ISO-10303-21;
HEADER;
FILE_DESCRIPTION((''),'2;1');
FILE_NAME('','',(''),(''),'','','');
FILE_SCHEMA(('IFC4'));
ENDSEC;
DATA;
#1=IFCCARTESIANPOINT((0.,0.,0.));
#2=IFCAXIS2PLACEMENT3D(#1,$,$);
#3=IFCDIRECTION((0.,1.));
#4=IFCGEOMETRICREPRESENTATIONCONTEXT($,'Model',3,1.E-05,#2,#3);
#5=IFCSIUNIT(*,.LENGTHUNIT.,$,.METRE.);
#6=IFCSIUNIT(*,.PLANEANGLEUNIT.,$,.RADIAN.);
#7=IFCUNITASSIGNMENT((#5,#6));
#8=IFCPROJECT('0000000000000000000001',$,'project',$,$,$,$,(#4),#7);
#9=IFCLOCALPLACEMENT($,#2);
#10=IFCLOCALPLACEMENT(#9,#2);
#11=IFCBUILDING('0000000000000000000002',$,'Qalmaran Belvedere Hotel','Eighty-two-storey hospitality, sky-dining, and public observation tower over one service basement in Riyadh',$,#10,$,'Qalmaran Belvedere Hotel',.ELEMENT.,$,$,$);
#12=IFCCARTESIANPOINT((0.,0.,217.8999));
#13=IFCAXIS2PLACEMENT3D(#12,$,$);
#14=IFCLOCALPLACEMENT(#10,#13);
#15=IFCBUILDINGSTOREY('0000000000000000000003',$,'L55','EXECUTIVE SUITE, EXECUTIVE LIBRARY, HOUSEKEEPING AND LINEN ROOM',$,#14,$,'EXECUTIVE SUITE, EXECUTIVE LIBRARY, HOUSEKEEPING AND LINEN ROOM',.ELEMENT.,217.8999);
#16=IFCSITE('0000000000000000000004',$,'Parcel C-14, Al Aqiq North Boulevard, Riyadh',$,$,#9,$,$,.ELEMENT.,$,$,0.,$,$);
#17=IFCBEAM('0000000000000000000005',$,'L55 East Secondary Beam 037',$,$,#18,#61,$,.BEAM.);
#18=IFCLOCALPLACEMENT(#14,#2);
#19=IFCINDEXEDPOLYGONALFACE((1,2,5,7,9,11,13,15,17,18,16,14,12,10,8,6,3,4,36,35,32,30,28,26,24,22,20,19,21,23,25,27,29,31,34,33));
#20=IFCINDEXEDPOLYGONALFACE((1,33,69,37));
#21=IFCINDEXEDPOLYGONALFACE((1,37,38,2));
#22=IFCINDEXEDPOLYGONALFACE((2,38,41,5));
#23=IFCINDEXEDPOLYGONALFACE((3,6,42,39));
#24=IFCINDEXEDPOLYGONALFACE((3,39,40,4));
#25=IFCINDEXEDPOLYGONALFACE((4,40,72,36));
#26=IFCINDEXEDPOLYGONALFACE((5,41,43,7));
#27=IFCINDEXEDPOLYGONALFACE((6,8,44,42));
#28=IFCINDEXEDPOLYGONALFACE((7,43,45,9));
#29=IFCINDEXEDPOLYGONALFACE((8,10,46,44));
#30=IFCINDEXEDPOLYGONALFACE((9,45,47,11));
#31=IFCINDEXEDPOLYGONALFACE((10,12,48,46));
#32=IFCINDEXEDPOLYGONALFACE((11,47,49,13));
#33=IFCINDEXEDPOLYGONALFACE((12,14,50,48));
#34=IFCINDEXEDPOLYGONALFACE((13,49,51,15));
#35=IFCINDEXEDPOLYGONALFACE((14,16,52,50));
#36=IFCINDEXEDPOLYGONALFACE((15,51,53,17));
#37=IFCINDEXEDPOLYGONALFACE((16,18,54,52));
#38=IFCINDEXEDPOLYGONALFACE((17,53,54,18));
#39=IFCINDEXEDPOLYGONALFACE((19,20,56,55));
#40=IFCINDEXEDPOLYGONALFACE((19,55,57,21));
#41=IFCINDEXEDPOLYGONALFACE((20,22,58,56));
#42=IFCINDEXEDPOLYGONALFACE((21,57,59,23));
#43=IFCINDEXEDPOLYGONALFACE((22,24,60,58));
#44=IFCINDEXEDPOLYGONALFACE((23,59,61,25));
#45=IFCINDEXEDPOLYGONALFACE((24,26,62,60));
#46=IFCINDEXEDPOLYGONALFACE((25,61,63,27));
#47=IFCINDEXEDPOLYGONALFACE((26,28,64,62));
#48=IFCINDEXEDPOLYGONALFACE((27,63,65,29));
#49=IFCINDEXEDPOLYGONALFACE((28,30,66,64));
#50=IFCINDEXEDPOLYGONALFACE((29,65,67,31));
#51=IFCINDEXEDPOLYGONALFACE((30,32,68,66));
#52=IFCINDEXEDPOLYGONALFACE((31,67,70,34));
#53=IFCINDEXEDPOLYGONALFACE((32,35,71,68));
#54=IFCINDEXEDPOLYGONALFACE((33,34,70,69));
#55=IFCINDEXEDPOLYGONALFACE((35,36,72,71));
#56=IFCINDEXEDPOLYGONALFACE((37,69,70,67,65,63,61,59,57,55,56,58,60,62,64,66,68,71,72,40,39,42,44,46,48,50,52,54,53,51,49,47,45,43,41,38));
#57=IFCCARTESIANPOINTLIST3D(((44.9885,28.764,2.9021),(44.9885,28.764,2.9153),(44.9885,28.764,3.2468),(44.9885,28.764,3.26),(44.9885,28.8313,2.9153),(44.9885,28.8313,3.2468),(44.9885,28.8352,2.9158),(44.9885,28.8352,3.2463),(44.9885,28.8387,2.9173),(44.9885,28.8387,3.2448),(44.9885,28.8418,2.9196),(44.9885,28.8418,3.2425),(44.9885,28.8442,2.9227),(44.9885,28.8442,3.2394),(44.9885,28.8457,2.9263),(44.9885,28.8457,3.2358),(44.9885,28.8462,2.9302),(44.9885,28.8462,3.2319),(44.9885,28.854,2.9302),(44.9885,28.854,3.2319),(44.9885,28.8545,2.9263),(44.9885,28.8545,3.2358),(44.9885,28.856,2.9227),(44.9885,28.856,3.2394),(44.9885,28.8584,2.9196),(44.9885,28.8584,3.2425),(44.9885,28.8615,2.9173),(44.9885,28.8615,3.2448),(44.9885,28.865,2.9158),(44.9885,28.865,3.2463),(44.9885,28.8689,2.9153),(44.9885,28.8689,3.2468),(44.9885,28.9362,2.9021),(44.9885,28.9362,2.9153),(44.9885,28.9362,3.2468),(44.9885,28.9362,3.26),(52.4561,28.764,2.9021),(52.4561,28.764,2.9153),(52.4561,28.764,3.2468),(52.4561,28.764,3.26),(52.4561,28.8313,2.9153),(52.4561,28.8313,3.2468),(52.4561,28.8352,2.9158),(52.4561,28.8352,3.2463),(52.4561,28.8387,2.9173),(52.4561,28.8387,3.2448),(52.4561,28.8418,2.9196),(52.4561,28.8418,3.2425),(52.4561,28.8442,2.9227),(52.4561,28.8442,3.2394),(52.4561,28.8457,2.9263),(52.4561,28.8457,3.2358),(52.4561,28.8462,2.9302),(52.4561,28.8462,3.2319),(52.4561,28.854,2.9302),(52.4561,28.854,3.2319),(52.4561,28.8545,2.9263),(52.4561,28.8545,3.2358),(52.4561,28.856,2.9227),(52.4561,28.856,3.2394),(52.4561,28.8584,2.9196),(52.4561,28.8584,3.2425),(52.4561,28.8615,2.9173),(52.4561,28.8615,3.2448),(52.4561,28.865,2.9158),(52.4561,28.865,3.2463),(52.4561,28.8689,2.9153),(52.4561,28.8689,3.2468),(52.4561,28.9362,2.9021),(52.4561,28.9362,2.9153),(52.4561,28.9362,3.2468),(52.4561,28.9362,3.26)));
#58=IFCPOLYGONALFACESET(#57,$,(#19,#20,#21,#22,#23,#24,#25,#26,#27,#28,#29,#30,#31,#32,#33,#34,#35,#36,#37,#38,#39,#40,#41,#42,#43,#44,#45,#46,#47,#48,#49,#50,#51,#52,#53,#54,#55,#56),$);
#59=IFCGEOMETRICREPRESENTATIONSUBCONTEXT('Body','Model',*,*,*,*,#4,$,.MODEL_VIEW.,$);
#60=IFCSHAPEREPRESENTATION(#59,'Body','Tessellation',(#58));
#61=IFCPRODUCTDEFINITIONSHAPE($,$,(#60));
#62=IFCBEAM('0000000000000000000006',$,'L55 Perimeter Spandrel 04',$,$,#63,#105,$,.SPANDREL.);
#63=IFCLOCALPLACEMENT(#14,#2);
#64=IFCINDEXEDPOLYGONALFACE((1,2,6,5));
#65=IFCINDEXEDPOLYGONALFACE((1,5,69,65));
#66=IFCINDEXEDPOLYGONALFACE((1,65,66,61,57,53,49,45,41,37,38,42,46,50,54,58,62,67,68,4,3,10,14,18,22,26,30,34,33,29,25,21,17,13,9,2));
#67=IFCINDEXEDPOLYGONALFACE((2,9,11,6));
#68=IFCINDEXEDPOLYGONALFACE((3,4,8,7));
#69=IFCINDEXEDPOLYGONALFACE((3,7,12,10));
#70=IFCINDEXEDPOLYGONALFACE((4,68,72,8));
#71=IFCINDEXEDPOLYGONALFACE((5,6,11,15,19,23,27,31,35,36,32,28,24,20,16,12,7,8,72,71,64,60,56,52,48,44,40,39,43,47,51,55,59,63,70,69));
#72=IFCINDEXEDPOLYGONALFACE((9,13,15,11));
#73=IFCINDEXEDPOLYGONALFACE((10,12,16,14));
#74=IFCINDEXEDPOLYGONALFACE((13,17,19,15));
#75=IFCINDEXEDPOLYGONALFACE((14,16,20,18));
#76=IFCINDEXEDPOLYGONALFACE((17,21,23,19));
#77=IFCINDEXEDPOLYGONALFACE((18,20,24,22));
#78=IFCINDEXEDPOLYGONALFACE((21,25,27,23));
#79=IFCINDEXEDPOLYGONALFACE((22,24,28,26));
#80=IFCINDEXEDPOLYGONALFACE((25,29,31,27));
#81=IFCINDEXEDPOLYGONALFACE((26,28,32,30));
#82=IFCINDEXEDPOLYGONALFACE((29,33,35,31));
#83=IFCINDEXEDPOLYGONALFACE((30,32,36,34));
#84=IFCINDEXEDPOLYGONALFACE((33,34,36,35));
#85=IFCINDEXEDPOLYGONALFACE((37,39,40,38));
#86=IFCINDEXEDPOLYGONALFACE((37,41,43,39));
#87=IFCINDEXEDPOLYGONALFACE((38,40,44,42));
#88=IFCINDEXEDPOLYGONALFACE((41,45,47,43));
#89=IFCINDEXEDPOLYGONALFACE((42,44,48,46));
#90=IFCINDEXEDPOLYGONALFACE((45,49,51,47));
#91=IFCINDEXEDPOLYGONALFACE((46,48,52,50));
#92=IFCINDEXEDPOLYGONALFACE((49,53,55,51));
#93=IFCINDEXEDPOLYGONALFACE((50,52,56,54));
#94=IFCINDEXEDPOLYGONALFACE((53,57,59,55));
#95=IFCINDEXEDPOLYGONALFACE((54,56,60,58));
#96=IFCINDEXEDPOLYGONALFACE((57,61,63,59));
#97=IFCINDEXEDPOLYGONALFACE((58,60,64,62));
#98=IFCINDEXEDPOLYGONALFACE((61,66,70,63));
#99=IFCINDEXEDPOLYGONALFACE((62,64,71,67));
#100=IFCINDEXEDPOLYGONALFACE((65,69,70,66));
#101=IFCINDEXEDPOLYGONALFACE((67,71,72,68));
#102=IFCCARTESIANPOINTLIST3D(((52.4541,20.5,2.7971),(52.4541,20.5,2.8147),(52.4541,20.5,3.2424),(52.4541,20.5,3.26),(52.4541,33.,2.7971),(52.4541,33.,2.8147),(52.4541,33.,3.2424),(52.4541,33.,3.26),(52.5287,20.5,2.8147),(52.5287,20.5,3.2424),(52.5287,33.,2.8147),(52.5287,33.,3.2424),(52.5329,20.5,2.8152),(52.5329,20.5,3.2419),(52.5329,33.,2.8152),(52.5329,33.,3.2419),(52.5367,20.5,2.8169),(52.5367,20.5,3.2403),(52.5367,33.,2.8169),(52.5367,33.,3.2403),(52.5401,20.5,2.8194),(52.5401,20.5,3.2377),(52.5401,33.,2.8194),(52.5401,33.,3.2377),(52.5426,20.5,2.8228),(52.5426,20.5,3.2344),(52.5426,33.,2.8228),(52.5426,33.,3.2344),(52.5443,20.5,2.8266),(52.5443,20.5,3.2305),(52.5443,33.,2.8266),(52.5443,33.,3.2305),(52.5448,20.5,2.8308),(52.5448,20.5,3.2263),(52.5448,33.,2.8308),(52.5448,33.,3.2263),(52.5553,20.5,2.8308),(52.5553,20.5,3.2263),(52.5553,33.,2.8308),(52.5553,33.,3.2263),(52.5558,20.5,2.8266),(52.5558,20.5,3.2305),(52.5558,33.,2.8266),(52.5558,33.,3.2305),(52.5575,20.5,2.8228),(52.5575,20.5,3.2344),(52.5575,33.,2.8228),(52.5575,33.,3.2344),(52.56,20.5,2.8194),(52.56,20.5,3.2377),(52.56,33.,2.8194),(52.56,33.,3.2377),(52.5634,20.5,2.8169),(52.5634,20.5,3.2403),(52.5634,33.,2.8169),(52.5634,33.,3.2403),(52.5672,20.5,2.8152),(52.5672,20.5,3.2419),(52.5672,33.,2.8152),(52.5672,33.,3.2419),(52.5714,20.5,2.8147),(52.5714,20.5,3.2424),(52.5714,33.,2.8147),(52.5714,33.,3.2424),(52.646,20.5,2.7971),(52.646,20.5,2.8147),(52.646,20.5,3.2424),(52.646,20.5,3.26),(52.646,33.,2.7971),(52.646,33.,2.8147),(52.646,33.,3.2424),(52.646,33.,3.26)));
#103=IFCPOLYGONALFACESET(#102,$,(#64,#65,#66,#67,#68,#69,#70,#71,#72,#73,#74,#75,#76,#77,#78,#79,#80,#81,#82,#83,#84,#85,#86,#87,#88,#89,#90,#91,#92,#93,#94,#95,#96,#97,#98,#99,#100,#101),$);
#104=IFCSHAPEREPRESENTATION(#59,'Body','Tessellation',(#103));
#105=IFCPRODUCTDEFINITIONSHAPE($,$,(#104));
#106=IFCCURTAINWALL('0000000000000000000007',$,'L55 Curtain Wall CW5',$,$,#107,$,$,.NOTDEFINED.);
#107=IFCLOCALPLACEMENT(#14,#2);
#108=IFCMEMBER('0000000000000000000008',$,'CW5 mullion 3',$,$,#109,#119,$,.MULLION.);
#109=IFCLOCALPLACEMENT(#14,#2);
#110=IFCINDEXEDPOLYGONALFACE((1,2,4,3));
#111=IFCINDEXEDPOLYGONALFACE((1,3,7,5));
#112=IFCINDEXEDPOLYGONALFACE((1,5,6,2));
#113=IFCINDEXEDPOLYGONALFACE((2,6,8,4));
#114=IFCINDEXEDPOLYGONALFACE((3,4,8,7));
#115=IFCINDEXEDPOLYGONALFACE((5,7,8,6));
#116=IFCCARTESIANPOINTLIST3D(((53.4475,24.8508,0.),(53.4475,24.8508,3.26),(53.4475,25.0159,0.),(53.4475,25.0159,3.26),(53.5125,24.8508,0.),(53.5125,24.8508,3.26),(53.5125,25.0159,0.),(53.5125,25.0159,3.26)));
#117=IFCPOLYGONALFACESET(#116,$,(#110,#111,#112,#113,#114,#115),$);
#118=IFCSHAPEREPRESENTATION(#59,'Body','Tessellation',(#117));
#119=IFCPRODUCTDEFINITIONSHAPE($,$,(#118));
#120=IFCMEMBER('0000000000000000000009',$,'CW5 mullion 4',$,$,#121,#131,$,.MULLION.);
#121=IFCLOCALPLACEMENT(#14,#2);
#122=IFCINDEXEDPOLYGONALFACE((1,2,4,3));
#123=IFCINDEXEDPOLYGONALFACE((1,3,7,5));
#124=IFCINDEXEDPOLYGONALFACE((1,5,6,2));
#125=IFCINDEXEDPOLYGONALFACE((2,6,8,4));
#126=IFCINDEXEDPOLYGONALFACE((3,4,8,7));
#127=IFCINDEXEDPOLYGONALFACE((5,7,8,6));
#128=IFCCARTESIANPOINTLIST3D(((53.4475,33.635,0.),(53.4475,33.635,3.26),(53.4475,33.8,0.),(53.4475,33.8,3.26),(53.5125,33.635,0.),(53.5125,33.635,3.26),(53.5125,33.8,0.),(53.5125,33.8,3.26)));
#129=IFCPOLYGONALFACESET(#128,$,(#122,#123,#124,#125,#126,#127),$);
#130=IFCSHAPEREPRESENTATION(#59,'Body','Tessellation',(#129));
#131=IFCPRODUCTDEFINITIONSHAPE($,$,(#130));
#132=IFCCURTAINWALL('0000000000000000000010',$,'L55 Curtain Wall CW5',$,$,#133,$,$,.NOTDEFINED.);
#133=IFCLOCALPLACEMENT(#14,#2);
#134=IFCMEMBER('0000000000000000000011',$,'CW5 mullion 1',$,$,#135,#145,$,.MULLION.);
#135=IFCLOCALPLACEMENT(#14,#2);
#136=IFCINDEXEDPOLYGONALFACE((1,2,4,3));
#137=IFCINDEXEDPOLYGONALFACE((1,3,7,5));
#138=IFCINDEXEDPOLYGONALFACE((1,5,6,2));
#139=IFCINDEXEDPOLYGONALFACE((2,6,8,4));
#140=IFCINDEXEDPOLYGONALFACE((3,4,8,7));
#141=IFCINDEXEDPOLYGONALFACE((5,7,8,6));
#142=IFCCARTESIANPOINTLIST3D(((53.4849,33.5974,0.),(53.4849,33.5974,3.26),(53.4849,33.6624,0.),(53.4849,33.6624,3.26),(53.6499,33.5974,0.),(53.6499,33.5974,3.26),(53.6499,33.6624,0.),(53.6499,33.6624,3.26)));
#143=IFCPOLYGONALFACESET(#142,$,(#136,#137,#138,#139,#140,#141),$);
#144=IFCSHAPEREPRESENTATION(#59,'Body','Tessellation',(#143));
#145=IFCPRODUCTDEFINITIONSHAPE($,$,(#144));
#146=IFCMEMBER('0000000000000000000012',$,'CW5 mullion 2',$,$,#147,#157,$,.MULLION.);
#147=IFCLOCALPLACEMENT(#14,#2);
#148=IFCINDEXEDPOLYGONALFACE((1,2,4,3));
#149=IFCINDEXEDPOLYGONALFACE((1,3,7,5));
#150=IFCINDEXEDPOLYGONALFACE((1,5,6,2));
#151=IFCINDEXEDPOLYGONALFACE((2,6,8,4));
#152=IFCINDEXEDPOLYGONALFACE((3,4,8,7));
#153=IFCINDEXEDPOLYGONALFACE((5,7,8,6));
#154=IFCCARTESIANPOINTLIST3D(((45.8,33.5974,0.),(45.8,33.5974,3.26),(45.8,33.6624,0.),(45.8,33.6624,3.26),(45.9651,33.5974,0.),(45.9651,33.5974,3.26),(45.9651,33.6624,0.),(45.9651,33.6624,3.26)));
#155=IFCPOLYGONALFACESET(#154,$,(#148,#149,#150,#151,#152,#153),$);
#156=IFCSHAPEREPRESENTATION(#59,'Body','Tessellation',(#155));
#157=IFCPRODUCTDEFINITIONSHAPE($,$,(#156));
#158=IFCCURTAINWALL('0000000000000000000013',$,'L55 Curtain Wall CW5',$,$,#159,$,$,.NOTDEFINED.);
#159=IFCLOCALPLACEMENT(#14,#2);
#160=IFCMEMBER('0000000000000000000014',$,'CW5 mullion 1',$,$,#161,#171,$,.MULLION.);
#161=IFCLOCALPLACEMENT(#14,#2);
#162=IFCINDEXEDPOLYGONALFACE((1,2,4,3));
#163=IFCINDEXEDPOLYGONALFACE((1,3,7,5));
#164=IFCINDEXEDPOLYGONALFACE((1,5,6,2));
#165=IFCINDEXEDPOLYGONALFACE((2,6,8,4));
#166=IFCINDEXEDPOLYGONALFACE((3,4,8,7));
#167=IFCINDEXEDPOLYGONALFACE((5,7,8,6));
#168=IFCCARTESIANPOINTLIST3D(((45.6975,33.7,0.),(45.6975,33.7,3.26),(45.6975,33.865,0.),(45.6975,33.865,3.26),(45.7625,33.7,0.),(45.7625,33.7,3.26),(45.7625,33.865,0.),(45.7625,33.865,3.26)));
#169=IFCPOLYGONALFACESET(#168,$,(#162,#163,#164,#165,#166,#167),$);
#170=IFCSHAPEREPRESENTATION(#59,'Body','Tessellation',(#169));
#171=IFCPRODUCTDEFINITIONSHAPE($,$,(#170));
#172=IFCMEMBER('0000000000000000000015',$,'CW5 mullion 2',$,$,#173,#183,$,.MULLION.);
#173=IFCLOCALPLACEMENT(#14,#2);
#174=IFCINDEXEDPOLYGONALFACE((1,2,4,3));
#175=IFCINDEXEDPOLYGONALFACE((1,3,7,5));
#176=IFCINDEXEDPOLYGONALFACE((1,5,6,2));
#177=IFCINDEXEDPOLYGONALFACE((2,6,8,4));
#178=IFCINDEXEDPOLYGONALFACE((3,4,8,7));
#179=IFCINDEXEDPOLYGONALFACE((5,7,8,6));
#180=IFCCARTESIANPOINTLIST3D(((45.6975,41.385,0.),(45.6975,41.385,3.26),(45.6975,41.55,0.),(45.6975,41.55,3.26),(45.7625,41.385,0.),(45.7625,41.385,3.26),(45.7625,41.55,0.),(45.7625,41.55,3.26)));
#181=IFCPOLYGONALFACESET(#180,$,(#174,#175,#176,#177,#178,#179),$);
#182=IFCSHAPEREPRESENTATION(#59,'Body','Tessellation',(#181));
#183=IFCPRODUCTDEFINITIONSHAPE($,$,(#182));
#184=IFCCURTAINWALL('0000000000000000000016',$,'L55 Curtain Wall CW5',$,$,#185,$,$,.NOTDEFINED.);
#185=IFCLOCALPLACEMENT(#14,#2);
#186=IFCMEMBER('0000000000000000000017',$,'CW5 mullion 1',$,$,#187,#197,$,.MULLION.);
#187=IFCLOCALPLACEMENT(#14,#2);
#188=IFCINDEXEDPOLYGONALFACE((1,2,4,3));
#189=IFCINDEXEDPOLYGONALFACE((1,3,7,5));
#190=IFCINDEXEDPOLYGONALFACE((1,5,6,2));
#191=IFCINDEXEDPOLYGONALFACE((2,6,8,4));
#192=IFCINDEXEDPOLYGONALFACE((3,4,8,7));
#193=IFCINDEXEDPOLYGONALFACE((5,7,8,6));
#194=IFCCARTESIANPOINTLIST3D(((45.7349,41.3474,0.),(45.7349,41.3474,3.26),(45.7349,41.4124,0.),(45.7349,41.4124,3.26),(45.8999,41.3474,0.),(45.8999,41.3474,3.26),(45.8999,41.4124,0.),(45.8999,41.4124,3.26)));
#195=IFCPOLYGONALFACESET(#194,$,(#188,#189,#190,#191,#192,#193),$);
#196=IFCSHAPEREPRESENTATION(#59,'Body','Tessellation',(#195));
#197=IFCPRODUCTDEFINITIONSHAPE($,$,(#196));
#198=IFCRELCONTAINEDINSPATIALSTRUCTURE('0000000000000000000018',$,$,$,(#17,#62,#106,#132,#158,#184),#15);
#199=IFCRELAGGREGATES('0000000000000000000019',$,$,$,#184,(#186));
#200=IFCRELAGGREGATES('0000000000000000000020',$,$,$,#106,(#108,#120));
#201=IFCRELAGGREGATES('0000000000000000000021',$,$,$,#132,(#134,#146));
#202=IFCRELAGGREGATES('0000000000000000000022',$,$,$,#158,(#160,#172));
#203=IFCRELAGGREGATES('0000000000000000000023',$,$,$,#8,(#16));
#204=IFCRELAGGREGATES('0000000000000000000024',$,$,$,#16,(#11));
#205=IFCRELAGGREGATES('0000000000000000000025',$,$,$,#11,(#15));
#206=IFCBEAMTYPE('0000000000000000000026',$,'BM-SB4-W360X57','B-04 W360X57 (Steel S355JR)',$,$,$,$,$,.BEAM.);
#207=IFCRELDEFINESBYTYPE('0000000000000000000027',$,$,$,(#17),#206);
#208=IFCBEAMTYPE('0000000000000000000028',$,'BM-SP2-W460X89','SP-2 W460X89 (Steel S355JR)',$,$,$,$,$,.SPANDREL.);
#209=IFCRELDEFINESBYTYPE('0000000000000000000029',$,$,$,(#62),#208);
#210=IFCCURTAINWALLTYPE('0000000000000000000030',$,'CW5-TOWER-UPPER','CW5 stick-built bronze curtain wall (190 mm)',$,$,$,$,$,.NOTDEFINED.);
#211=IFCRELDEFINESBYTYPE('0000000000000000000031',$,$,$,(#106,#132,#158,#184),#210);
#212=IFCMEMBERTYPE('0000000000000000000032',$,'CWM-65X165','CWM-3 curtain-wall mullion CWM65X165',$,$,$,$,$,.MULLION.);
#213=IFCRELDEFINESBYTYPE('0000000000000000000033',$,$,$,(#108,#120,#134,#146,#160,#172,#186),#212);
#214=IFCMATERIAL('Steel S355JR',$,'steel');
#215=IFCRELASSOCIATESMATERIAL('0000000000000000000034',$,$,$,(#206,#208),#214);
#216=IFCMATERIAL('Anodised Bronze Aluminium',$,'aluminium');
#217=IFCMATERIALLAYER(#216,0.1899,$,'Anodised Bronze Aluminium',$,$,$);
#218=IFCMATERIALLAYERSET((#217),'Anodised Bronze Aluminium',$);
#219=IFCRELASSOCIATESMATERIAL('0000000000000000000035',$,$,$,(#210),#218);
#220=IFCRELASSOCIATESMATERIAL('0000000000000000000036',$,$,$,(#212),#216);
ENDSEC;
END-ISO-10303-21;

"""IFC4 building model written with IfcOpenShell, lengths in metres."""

from ifc_helpers import new_model, si_unit, direction, frame, origin, origin_2d, place, context, subcontext, project, spatial, rectangle, i_section, extrude, material, layer, layer_set, material_profile, profile_set, type_object, element, aggregate, save


model = new_model("IFC4")

# Units and contexts
model_context = context("Model", 3, precision=1e-05, world=origin(), true_north=direction((0.0, 1.0)))
body_context = subcontext(model_context, "Body", "Model", "MODEL_VIEW")
ifc_project = project(units=[si_unit("LENGTHUNIT", "METRE"), si_unit("PLANEANGLEUNIT", "RADIAN")], contexts=[model_context])

# Site, building, storey
site_placement = place(None, origin())
site = spatial("IfcSite", under=ifc_project, at=site_placement, Name="Parcel C-14, Al Aqiq North Boulevard, Riyadh", CompositionType="ELEMENT", RefElevation=0.0)
building_placement = place(site_placement, origin())
building = spatial("IfcBuilding", under=site, at=building_placement, Name="Qalmaran Belvedere Hotel", Description="Eighty-two-storey hospitality, sky-dining, and public observation tower over one service basement in Riyadh", LongName="Qalmaran Belvedere Hotel", CompositionType="ELEMENT")
storey_placement = place(building_placement, frame((0.0, 0.0, 217.8999)))
storey = spatial("IfcBuildingStorey", under=building, at=storey_placement, Name="L55", Description="EXECUTIVE SUITE, EXECUTIVE LIBRARY, HOUSEKEEPING AND LINEN ROOM", LongName="EXECUTIVE SUITE, EXECUTIVE LIBRARY, HOUSEKEEPING AND LINEN ROOM", CompositionType="ELEMENT", Elevation=217.8999)

# Beams
ifc_material_1 = material(Name="Steel S355JR", Category="steel")
ifc_material_profile_1 = material_profile(ifc_material_1, i_section(OverallWidth=0.1721, OverallDepth=0.3579, WebThickness=0.0078, FlangeThickness=0.0132, FilletRadius=0.0149, at=origin_2d()), Name="W360X57")
ifc_profile_set_1 = profile_set([ifc_material_profile_1], Name="Steel S355JR")
beam_type_1 = type_object("IfcBeamType", Name="BM-SB4-W360X57", Description="B-04 W360X57 (Steel S355JR)", PredefinedType="BEAM", material=ifc_profile_set_1)
for number, where, z_axis, x_axis, name in (
    (1, (44.9885, 28.8501, 3.0811), (1.0, 0.0, 0.0), (0.0, 1.0, 0.0), "L55 East Secondary Beam 037"),
):
    element("IfcBeam", number, at=place(storey_placement, frame(where, z_axis=z_axis, x_axis=x_axis)), inside=storey, type_object=beam_type_1, Name=name, PredefinedType="BEAM", context=body_context, shape_type="SweptSolid", body=[
        extrude(i_section(OverallWidth=0.1721, OverallDepth=0.3579, WebThickness=0.0078, FlangeThickness=0.0132, FilletRadius=0.0149, at=origin_2d()), origin(), (0.0, 0.0, 1.0), 7.4675),
    ])
ifc_material_profile_2 = material_profile(ifc_material_1, i_section(OverallWidth=0.1919, OverallDepth=0.4629, WebThickness=0.0105, FlangeThickness=0.0176, FilletRadius=0.0161, at=origin_2d()), Name="W460X89")
ifc_profile_set_2 = profile_set([ifc_material_profile_2], Name="Steel S355JR")
beam_type_2 = type_object("IfcBeamType", Name="BM-SP2-W460X89", Description="SP-2 W460X89 (Steel S355JR)", PredefinedType="SPANDREL", material=ifc_profile_set_2)
beam_1_placement = place(storey_placement, frame((52.55, 20.5, 3.0286), z_axis=(0.0, 1.0, 0.0), x_axis=(-1.0, 0.0, 0.0)))
element("IfcBeam", 2, at=beam_1_placement, inside=storey, type_object=beam_type_2, Name="L55 Perimeter Spandrel 04", PredefinedType="SPANDREL", context=body_context, shape_type="SweptSolid", body=[
    extrude(i_section(OverallWidth=0.1919, OverallDepth=0.4629, WebThickness=0.0105, FlangeThickness=0.0176, FilletRadius=0.0161, at=origin_2d()), origin(), (0.0, 0.0, 1.0), 12.5),
])

# Curtain walls, members
ifc_material_2 = material(Name="Anodised Bronze Aluminium", Category="aluminium")
ifc_layer_1 = layer(ifc_material_2, 0.1899, Name="Anodised Bronze Aluminium")
ifc_layer_set_1 = layer_set([ifc_layer_1], Name="Anodised Bronze Aluminium")
curtain_wall_type = type_object("IfcCurtainWallType", Name="CW5-TOWER-UPPER", Description="CW5 stick-built bronze curtain wall (190 mm)", PredefinedType="NOTDEFINED", material=ifc_layer_set_1)
curtain_wall_1_placement = place(storey_placement, origin())
curtain_wall_1 = element("IfcCurtainWall", 3, at=curtain_wall_1_placement, inside=storey, type_object=curtain_wall_type, Name="L55 Curtain Wall CW5", PredefinedType="NOTDEFINED")
ifc_material_profile_3 = material_profile(ifc_material_2, rectangle(XDim=0.0649, YDim=0.165, at=origin_2d()), Name="CWM65X165")
ifc_profile_set_3 = profile_set([ifc_material_profile_3], Name="Anodised Bronze Aluminium")
member_type_1 = type_object("IfcMemberType", Name="CWM-65X165", Description="CWM-3 curtain-wall mullion CWM65X165", PredefinedType="MULLION", material=ifc_profile_set_3)
member_1_placement = place(storey_placement, frame((53.48, 24.9333, 0.0), z_axis=(0.0, 0.0, 1.0), x_axis=(-1.0, 0.0, 0.0)))
member_1 = element("IfcMember", 4, at=member_1_placement, type_object=member_type_1, Name="CW5 mullion 3", PredefinedType="MULLION", context=body_context, shape_type="SweptSolid", body=[
    extrude(rectangle(XDim=0.0649, YDim=0.165, at=origin_2d()), origin(), (0.0, 0.0, 1.0), 3.26),
])
member_2_placement = place(storey_placement, frame((53.48, 33.7175, 0.0), z_axis=(0.0, 0.0, 1.0), x_axis=(-1.0, 0.0, 0.0)))
member_2 = element("IfcMember", 5, at=member_2_placement, type_object=member_type_1, Name="CW5 mullion 4", PredefinedType="MULLION", context=body_context, shape_type="SweptSolid", body=[
    extrude(rectangle(XDim=0.0649, YDim=0.165, at=origin_2d()), origin(), (0.0, 0.0, 1.0), 3.26),
])
curtain_wall_2_placement = place(storey_placement, origin())
curtain_wall_2 = element("IfcCurtainWall", 6, at=curtain_wall_2_placement, inside=storey, type_object=curtain_wall_type, Name="L55 Curtain Wall CW5", PredefinedType="NOTDEFINED")
member_3_placement = place(storey_placement, frame((53.5674, 33.6299, 0.0), z_axis=(0.0, 0.0, 1.0), x_axis=(0.0, -1.0, 0.0)))
member_3 = element("IfcMember", 7, at=member_3_placement, type_object=member_type_1, Name="CW5 mullion 1", PredefinedType="MULLION", context=body_context, shape_type="SweptSolid", body=[
    extrude(rectangle(XDim=0.0649, YDim=0.165, at=origin_2d()), origin(), (0.0, 0.0, 1.0), 3.26),
])
member_4_placement = place(storey_placement, frame((45.8826, 33.6299, 0.0), z_axis=(0.0, 0.0, 1.0), x_axis=(0.0, -1.0, 0.0)))
member_4 = element("IfcMember", 8, at=member_4_placement, type_object=member_type_1, Name="CW5 mullion 2", PredefinedType="MULLION", context=body_context, shape_type="SweptSolid", body=[
    extrude(rectangle(XDim=0.0649, YDim=0.165, at=origin_2d()), origin(), (0.0, 0.0, 1.0), 3.26),
])
curtain_wall_3_placement = place(storey_placement, origin())
curtain_wall_3 = element("IfcCurtainWall", 9, at=curtain_wall_3_placement, inside=storey, type_object=curtain_wall_type, Name="L55 Curtain Wall CW5", PredefinedType="NOTDEFINED")
member_5_placement = place(storey_placement, frame((45.73, 33.7825, 0.0), z_axis=(0.0, 0.0, 1.0), x_axis=(-1.0, 0.0, 0.0)))
member_5 = element("IfcMember", 10, at=member_5_placement, type_object=member_type_1, Name="CW5 mullion 1", PredefinedType="MULLION", context=body_context, shape_type="SweptSolid", body=[
    extrude(rectangle(XDim=0.0649, YDim=0.165, at=origin_2d()), origin(), (0.0, 0.0, 1.0), 3.26),
])
member_6_placement = place(storey_placement, frame((45.73, 41.4675, 0.0), z_axis=(0.0, 0.0, 1.0), x_axis=(-1.0, 0.0, 0.0)))
member_6 = element("IfcMember", 11, at=member_6_placement, type_object=member_type_1, Name="CW5 mullion 2", PredefinedType="MULLION", context=body_context, shape_type="SweptSolid", body=[
    extrude(rectangle(XDim=0.0649, YDim=0.165, at=origin_2d()), origin(), (0.0, 0.0, 1.0), 3.26),
])

# Curtain wall, member
curtain_wall_4_placement = place(storey_placement, origin())
curtain_wall_4 = element("IfcCurtainWall", 12, at=curtain_wall_4_placement, inside=storey, type_object=curtain_wall_type, Name="L55 Curtain Wall CW5", PredefinedType="NOTDEFINED")
member_7_placement = place(storey_placement, frame((45.8174, 41.3799, 0.0), z_axis=(0.0, 0.0, 1.0), x_axis=(0.0, -1.0, 0.0)))
member_7 = element("IfcMember", 13, at=member_7_placement, type_object=member_type_1, Name="CW5 mullion 1", PredefinedType="MULLION", context=body_context, shape_type="SweptSolid", body=[
    extrude(rectangle(XDim=0.0649, YDim=0.165, at=origin_2d()), origin(), (0.0, 0.0, 1.0), 3.26),
])

aggregate(curtain_wall_4, [member_7])

aggregate(curtain_wall_1, [member_1, member_2])
aggregate(curtain_wall_2, [member_3, member_4])
aggregate(curtain_wall_3, [member_5, member_6])

save(model, "model.ifc")
